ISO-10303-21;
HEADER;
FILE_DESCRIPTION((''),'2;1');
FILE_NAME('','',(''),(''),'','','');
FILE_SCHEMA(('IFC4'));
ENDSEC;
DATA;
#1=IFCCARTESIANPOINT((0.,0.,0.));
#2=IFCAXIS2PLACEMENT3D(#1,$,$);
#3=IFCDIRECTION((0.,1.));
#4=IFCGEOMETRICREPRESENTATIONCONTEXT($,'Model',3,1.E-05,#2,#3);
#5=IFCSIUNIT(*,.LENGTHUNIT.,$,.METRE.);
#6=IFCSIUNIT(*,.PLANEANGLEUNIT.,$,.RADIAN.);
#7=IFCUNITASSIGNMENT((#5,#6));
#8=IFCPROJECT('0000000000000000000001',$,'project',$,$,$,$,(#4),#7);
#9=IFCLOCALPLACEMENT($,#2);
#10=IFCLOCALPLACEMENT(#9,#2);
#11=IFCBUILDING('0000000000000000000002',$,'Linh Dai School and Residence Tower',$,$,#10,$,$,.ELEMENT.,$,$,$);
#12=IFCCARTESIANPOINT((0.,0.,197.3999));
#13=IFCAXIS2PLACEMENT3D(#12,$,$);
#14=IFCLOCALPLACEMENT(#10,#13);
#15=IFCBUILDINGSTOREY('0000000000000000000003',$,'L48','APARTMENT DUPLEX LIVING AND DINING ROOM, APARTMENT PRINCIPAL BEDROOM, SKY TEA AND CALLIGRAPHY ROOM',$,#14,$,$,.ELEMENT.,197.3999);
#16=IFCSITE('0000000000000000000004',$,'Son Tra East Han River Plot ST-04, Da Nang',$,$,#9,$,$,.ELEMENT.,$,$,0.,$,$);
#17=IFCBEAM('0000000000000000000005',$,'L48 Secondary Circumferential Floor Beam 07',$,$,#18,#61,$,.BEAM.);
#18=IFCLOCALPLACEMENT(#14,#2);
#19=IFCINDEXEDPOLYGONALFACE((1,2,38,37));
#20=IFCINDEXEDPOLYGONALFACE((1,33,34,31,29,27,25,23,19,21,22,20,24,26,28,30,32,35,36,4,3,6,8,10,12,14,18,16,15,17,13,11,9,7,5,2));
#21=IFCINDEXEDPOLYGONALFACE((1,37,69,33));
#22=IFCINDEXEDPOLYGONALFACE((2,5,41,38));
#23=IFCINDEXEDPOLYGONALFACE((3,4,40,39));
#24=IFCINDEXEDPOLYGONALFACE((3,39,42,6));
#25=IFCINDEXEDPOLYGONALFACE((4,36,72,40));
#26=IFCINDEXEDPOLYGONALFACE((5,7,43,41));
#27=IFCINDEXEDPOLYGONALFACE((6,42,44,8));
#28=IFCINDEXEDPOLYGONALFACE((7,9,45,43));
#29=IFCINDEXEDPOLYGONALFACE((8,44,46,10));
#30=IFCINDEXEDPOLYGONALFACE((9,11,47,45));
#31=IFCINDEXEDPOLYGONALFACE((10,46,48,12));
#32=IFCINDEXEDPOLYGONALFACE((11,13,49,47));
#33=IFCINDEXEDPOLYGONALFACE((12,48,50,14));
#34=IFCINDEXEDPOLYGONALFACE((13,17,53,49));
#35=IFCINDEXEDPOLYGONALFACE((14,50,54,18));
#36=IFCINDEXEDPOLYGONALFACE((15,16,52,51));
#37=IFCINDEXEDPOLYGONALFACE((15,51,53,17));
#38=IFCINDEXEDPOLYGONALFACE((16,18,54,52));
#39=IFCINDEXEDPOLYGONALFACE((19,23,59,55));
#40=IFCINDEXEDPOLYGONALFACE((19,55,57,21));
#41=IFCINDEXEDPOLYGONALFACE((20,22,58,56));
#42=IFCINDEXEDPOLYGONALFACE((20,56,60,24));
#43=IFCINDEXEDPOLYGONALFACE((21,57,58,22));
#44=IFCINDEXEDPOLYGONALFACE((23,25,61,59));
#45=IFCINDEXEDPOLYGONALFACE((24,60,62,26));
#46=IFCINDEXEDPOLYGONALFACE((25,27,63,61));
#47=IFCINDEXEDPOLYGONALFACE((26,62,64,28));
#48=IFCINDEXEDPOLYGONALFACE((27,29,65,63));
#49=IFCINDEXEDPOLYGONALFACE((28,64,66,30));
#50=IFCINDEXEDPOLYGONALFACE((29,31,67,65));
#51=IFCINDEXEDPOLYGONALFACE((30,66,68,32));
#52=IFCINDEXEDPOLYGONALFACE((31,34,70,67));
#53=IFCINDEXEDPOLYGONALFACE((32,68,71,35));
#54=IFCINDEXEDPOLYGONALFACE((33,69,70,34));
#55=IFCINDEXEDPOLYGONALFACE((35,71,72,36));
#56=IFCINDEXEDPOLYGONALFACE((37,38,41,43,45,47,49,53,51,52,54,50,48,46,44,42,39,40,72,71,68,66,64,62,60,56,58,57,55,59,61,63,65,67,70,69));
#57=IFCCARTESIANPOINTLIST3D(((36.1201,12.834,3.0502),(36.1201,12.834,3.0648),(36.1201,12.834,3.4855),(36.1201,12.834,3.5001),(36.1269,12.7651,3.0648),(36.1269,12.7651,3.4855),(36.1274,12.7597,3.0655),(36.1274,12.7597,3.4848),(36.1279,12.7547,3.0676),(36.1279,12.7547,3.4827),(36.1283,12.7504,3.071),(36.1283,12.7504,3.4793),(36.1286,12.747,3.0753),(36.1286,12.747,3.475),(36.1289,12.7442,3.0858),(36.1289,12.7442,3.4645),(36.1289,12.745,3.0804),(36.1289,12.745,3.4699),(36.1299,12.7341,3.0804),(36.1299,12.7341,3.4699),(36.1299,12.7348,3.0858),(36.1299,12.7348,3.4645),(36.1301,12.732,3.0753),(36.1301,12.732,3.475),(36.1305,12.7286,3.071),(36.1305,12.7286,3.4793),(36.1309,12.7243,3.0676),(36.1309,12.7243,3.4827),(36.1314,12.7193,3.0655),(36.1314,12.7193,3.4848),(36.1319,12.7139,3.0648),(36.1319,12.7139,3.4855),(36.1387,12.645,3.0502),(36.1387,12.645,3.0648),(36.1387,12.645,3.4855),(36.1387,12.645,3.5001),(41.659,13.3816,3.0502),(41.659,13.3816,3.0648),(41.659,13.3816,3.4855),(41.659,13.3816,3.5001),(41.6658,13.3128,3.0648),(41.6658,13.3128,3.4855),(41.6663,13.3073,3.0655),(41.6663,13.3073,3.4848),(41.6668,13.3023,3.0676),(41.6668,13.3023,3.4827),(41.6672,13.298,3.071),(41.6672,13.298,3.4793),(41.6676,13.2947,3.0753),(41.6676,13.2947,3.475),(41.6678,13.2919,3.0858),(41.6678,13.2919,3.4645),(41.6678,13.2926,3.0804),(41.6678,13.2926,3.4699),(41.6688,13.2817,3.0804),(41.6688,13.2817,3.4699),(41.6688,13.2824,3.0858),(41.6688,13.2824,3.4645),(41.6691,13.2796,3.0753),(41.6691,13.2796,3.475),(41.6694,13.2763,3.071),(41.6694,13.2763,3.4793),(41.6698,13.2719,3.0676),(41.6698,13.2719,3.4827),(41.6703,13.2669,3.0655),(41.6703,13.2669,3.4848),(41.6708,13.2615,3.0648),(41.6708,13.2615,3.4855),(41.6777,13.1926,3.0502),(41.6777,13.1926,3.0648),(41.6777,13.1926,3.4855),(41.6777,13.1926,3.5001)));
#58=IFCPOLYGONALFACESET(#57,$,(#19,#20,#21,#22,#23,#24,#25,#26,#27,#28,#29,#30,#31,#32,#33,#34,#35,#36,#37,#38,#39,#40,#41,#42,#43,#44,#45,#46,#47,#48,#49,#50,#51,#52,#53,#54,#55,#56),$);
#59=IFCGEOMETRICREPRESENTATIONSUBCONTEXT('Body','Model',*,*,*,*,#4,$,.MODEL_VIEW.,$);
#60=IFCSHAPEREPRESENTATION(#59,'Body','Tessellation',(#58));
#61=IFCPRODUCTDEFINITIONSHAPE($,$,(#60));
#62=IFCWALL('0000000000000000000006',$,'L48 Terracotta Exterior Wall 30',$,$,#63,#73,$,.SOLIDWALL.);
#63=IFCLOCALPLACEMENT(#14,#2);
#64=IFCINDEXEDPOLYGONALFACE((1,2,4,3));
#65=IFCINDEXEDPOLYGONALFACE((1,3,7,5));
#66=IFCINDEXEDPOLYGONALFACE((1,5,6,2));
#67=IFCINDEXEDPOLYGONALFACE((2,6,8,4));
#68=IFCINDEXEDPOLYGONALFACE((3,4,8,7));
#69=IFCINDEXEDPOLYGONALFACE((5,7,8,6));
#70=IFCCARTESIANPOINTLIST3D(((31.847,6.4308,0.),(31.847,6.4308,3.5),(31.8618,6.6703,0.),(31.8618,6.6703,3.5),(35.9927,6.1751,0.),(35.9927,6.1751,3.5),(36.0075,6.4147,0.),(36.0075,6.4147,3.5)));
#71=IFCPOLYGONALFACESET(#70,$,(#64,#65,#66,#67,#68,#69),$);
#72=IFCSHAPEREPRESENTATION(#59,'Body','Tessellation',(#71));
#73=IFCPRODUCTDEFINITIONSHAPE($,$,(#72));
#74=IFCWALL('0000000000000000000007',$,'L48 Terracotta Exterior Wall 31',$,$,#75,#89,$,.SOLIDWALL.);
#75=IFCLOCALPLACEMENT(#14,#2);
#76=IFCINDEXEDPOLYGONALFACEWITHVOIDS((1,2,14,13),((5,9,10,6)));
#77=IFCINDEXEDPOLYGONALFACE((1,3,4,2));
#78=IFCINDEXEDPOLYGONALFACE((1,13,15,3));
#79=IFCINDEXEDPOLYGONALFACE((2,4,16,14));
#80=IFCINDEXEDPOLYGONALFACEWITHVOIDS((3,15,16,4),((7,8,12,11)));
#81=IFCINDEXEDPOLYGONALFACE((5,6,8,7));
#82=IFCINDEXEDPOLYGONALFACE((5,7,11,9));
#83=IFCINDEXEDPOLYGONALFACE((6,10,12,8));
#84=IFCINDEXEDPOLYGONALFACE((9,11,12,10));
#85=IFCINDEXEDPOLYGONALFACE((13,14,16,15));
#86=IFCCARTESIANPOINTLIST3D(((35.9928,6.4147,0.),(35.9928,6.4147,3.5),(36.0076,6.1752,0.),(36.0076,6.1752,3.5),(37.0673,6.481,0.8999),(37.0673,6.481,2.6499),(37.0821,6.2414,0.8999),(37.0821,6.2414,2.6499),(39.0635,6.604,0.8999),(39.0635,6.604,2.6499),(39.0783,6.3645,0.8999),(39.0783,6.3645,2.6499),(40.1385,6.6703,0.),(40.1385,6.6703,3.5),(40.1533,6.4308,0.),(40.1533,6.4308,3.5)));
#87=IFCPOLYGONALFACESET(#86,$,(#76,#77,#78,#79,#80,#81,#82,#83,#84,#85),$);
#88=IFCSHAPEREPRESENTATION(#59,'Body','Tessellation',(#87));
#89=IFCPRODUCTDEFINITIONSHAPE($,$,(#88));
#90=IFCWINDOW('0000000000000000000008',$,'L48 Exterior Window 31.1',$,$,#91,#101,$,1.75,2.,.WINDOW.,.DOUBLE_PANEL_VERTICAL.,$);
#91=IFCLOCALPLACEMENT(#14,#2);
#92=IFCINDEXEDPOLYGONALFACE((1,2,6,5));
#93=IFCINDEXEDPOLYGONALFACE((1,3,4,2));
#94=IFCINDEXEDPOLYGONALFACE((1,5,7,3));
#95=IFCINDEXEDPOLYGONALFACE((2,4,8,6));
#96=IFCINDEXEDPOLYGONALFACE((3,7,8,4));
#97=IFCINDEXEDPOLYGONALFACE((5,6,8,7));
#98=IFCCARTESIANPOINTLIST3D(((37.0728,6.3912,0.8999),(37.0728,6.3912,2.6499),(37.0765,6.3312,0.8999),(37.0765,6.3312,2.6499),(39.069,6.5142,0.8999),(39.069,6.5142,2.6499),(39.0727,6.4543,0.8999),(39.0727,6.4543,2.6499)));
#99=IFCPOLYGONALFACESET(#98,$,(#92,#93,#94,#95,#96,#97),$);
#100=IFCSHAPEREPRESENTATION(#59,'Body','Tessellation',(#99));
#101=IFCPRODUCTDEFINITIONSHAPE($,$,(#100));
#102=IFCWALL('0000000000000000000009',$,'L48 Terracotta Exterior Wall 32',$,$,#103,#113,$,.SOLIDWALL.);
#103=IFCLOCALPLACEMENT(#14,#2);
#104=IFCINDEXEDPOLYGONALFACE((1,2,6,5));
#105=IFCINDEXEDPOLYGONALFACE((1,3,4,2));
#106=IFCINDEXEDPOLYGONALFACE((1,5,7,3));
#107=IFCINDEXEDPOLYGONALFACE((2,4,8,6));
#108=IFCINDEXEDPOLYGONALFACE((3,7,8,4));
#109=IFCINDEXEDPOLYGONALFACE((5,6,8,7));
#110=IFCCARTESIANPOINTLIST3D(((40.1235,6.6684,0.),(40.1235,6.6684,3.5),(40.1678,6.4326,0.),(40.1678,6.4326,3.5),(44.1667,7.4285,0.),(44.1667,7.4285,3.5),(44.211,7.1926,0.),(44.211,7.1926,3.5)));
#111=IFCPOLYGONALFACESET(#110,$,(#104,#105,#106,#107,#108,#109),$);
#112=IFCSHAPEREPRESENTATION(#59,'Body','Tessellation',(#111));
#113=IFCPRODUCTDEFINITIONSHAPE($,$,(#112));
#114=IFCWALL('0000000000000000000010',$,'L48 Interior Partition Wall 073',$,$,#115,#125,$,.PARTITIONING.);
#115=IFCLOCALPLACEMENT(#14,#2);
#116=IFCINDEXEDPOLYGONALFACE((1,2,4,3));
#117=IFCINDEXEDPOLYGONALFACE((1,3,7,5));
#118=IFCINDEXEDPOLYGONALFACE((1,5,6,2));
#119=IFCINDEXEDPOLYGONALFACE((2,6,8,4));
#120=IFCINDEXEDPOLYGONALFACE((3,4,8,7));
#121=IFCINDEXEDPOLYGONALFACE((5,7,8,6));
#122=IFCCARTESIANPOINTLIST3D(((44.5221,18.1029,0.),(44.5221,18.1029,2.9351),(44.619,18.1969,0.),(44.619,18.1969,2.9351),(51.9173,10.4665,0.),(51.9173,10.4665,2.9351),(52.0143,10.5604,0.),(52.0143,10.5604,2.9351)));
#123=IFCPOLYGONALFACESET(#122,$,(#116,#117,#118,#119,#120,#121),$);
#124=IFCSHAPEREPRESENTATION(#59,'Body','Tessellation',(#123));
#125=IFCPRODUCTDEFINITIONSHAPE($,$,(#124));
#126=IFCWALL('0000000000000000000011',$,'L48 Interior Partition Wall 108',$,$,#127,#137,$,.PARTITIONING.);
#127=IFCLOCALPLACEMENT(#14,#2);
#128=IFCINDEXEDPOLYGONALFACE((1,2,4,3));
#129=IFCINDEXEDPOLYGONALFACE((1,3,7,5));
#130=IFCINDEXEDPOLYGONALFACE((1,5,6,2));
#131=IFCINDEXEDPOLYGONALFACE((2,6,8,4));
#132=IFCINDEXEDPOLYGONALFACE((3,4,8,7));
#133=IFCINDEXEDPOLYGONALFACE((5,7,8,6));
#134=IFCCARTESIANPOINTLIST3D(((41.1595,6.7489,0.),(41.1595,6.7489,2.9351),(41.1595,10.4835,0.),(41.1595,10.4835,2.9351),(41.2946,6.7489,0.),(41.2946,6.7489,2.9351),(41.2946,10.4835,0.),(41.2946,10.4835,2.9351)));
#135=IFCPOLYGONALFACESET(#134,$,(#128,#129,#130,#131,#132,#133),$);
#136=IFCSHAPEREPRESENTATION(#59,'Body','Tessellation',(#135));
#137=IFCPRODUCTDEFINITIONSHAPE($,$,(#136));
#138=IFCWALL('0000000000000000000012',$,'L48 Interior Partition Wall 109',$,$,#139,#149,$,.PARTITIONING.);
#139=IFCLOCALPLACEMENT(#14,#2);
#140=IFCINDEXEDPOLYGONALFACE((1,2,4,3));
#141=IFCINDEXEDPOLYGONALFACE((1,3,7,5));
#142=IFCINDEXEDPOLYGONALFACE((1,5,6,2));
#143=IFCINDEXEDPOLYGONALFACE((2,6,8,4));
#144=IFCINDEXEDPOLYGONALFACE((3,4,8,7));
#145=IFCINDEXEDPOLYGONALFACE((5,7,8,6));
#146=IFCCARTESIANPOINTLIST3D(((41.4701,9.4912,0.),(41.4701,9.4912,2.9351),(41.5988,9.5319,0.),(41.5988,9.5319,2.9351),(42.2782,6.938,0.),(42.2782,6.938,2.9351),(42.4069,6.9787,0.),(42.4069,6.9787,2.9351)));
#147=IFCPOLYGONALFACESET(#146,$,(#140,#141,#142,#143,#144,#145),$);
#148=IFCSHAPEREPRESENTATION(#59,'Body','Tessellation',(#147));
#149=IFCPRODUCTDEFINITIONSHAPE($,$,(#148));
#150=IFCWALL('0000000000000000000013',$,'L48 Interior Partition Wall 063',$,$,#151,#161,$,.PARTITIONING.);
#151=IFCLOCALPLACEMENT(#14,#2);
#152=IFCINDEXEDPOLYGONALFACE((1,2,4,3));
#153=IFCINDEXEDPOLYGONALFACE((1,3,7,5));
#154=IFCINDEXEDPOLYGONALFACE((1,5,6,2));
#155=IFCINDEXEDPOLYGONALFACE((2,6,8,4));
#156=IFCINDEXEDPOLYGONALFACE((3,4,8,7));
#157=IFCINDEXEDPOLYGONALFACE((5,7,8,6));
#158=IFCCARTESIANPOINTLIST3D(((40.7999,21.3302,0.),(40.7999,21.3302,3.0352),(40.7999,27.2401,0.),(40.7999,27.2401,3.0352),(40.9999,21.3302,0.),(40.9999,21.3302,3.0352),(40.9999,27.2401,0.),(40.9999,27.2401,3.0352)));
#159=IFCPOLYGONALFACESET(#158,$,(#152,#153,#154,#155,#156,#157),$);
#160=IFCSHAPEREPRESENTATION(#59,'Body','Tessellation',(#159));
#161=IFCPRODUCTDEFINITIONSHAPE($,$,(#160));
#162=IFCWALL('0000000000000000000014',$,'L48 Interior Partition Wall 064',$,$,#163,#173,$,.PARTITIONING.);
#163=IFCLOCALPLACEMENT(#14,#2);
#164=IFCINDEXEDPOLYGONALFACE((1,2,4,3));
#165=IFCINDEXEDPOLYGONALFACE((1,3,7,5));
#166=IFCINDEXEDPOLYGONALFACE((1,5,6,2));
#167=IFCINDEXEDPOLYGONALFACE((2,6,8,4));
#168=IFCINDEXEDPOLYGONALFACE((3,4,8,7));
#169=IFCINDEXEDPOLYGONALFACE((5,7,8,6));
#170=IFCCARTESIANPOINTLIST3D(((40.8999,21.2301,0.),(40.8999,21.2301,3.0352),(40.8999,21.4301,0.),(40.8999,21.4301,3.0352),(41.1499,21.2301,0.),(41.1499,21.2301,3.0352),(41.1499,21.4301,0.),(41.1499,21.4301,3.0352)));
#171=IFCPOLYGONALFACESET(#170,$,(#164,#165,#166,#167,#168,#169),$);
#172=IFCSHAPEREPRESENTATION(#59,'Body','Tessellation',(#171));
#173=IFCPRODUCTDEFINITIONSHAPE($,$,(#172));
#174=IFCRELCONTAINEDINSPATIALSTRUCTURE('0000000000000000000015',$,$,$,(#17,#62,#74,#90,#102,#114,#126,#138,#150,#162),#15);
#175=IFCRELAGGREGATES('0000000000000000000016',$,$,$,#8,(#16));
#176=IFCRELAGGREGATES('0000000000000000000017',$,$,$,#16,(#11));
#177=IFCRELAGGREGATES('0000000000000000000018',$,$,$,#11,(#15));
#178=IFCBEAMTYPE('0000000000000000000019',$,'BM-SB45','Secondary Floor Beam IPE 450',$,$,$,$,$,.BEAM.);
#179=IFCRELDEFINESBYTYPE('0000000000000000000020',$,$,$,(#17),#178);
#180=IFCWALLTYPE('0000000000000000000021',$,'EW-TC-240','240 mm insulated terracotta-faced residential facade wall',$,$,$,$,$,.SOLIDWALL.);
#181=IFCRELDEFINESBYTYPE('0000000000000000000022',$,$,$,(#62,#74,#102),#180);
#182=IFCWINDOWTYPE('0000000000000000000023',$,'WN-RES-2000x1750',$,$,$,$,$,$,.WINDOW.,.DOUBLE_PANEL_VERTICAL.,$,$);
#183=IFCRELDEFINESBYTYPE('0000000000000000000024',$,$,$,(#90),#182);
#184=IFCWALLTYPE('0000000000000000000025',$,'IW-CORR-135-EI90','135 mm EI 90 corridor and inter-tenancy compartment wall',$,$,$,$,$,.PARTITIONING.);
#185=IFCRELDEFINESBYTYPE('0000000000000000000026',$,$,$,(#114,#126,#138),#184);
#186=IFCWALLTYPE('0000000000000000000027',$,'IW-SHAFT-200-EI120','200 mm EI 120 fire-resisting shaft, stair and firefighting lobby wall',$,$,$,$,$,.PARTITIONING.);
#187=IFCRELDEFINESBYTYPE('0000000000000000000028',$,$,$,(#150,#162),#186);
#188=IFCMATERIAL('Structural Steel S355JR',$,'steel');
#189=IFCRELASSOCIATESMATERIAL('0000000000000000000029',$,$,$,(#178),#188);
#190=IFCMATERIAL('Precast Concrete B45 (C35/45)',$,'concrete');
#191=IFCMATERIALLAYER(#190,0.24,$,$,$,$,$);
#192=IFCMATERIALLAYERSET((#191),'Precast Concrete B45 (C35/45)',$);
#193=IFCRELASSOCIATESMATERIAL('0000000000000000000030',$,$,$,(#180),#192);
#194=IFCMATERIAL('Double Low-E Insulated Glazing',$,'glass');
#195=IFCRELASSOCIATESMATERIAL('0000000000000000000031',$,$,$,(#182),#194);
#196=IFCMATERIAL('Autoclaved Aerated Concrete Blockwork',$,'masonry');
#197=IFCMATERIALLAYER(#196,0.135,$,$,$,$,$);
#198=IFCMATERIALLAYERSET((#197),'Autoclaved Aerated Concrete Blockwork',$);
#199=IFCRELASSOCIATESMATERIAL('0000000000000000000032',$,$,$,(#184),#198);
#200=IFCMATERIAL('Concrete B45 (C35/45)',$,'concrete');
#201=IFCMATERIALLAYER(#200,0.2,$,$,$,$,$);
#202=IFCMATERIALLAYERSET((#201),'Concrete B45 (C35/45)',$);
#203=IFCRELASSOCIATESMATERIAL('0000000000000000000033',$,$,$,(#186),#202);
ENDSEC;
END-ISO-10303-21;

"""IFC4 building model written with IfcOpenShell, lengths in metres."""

from ifc_helpers import new_model, si_unit, direction, frame, frame_2d, origin, origin_2d, place, context, subcontext, project, spatial, rectangle, i_section, extrude, source, transform, mapped, material, layer, layer_set, material_profile, profile_set, type_object, element, fill, save


model = new_model("IFC4")

# Units and contexts
model_context = context("Model", 3, precision=1e-05, world=origin(), true_north=direction((0.0, 1.0)))
body_context = subcontext(model_context, "Body", "Model", "MODEL_VIEW")
ifc_project = project(units=[si_unit("LENGTHUNIT", "METRE"), si_unit("PLANEANGLEUNIT", "RADIAN")], contexts=[model_context])

# Site, building, storey
site_placement = place(None, origin())
site = spatial("IfcSite", under=ifc_project, at=site_placement, Name="Son Tra East Han River Plot ST-04, Da Nang", CompositionType="ELEMENT", RefElevation=0.0)
building_placement = place(site_placement, origin())
building = spatial("IfcBuilding", under=site, at=building_placement, Name="Linh Dai School and Residence Tower", CompositionType="ELEMENT")
storey_placement = place(building_placement, frame((0.0, 0.0, 197.3999)))
storey = spatial("IfcBuildingStorey", under=building, at=storey_placement, Name="L48", Description="APARTMENT DUPLEX LIVING AND DINING ROOM, APARTMENT PRINCIPAL BEDROOM, SKY TEA AND CALLIGRAPHY ROOM", CompositionType="ELEMENT", Elevation=197.3999)

# Shared definitions
ifc_material_1 = material(Name="Structural Steel S355JR", Category="steel")

# Beam
ifc_material_profile_1 = material_profile(ifc_material_1, i_section(OverallWidth=0.1899, OverallDepth=0.45, WebThickness=0.0095, FlangeThickness=0.0146, FilletRadius=0.021, at=origin_2d()), Name="IPE 450")
ifc_profile_set_1 = profile_set([ifc_material_profile_1], Name="Structural Steel S355JR")
beam_type_1 = type_object("IfcBeamType", Name="BM-SB45", Description="Secondary Floor Beam IPE 450", PredefinedType="BEAM", material=ifc_profile_set_1)
beam_1_placement = place(storey_placement, frame((36.1294, 12.7395, 3.2751), z_axis=(0.995148, 0.098388, 0.0), x_axis=(-0.098388, 0.995148, 0.0)))
element("IfcBeam", 1, at=beam_1_placement, inside=storey, type_object=beam_type_1, Name="L48 Secondary Circumferential Floor Beam 07", PredefinedType="BEAM", context=body_context, shape_type="SweptSolid", body=[
    extrude(i_section(OverallWidth=0.1899, OverallDepth=0.45, WebThickness=0.0095, FlangeThickness=0.0146, FilletRadius=0.021, at=origin_2d()), origin(), (0.0, 0.0, 1.0), 5.5659),
])

# Wall
ifc_material_2 = material(Name="Precast Concrete B45 (C35/45)", Category="concrete")
ifc_layer_1 = layer(ifc_material_2, 0.24)
ifc_layer_set_1 = layer_set([ifc_layer_1], Name="Precast Concrete B45 (C35/45)")
wall_type_1 = type_object("IfcWallType", Name="EW-TC-240", Description="240 mm insulated terracotta-faced residential facade wall", PredefinedType="SOLIDWALL", material=ifc_layer_set_1)
wall_1_placement = place(storey_placement, frame((36.0, 6.2949, 0.0), z_axis=(0.0, 0.0, 1.0), x_axis=(-0.998105, 0.06154, 0.0)))
element("IfcWall", 2, at=wall_1_placement, inside=storey, type_object=wall_type_1, Name="L48 Terracotta Exterior Wall 30", PredefinedType="SOLIDWALL", context=body_context, shape_type="SweptSolid", body=[
    extrude(rectangle(XDim=4.1536, YDim=0.24, at=frame_2d((2.0767, 0.0))), origin(), (0.0, 0.0, 1.0), 3.5),
])

# Wall, opening, window
wall_2_placement = place(storey_placement, frame((40.1458, 6.5505, 0.0), z_axis=(0.0, 0.0, 1.0), x_axis=(-0.998105, -0.06154, 0.0)))
wall_2 = element("IfcWall", 3, at=wall_2_placement, inside=storey, type_object=wall_type_1, Name="L48 Terracotta Exterior Wall 31", PredefinedType="SOLIDWALL", context=body_context, shape_type="SweptSolid", body=[
    extrude(rectangle(XDim=4.1536, YDim=0.24, at=frame_2d((2.0767, 0.0))), origin(), (0.0, 0.0, 1.0), 3.5),
])
opening_1_placement = place(wall_2_placement, frame((1.0769, 0.0, 0.8999)))
opening_1 = element("IfcOpeningElement", 4, at=opening_1_placement, cuts=wall_2, PredefinedType="OPENING", context=body_context, shape_type="SweptSolid", body=[
    extrude(rectangle(XDim=2.0, YDim=1.75, at=origin_2d()), frame((1.0, 0.1299, 0.875), z_axis=(0.0, -1.0, 0.0), x_axis=(1.0, 0.0, 0.0)), (0.0, 0.0, 1.0), 0.26),
])
ifc_material_3 = material(Name="Double Low-E Insulated Glazing", Category="glass")
window_type = type_object("IfcWindowType", Name="WN-RES-2000x1750", PartitioningType="DOUBLE_PANEL_VERTICAL", PredefinedType="WINDOW", material=ifc_material_3)
shared_shape_1 = source(origin(), body_context, "Body", "SweptSolid", [
    extrude(rectangle(XDim=2.0, YDim=1.75, at=origin_2d()), frame((1.0, 0.03, 0.875), z_axis=(0.0, -1.0, 0.0), x_axis=(1.0, 0.0, 0.0)), (0.0, 0.0, 1.0), 0.0601),
])
window_placement = place(opening_1_placement, origin())
window = element("IfcWindow", 5, at=window_placement, inside=storey, type_object=window_type, Name="L48 Exterior Window 31.1", OverallHeight=1.75, OverallWidth=2.0, PartitioningType="DOUBLE_PANEL_VERTICAL", PredefinedType="WINDOW", context=body_context, shape_type="MappedRepresentation", body=[
    mapped(shared_shape_1, transform((0.0, 0.0, 0.0), x_axis=(1.0, 0.0, 0.0), y_axis=(0.0, 1.0, 0.0), z_axis=(0.0, 0.0, 1.0), scale=1.0)),
])
fill(opening_1, window)

# Walls
wall_3_placement = place(storey_placement, frame((44.189, 7.3105, 0.0), z_axis=(0.0, 0.0, 1.0), x_axis=(-0.982788, -0.184736, 0.0)))
element("IfcWall", 6, at=wall_3_placement, inside=storey, type_object=wall_type_1, Name="L48 Terracotta Exterior Wall 32", PredefinedType="SOLIDWALL", context=body_context, shape_type="SweptSolid", body=[
    extrude(rectangle(XDim=4.114, YDim=0.24, at=frame_2d((2.0571, 0.0))), origin(), (0.0, 0.0, 1.0), 3.5),
])
ifc_material_4 = material(Name="Autoclaved Aerated Concrete Blockwork", Category="masonry")
ifc_layer_2 = layer(ifc_material_4, 0.135)
ifc_layer_set_2 = layer_set([ifc_layer_2], Name="Autoclaved Aerated Concrete Blockwork")
wall_type_2 = type_object("IfcWallType", Name="IW-CORR-135-EI90", Description="135 mm EI 90 corridor and inter-tenancy compartment wall", PredefinedType="PARTITIONING", material=ifc_layer_set_2)
wall_4_placement = place(storey_placement, frame((44.5706, 18.1499, 0.0), z_axis=(0.0, 0.0, 1.0), x_axis=(0.69567, -0.718361, 0.0)))
element("IfcWall", 7, at=wall_4_placement, inside=storey, type_object=wall_type_2, Name="L48 Interior Partition Wall 073", PredefinedType="PARTITIONING", context=body_context, shape_type="SweptSolid", body=[
    extrude(rectangle(XDim=10.6304, YDim=0.135, at=frame_2d((5.3152, 0.0))), origin(), (0.0, 0.0, 1.0), 2.9351),
])
wall_5_placement = place(storey_placement, frame((41.2271, 10.4834, 0.0), z_axis=(0.0, 0.0, 1.0), x_axis=(0.0, -1.0, 0.0)))
element("IfcWall", 8, at=wall_5_placement, inside=storey, type_object=wall_type_2, Name="L48 Interior Partition Wall 108", PredefinedType="PARTITIONING", context=body_context, shape_type="SweptSolid", body=[
    extrude(rectangle(XDim=3.7346, YDim=0.135, at=frame_2d((1.8672, 0.0))), origin(), (0.0, 0.0, 1.0), 2.9351),
])
wall_6_placement = place(storey_placement, frame((42.3425, 6.9585, 0.0), z_axis=(0.0, 0.0, 1.0), x_axis=(-0.301751, 0.953387, 0.0)))
element("IfcWall", 9, at=wall_6_placement, inside=storey, type_object=wall_type_2, Name="L48 Interior Partition Wall 109", PredefinedType="PARTITIONING", context=body_context, shape_type="SweptSolid", body=[
    extrude(rectangle(XDim=2.678, YDim=0.135, at=frame_2d((1.3389, 0.0))), origin(), (0.0, 0.0, 1.0), 2.9351),
])
ifc_material_5 = material(Name="Concrete B45 (C35/45)", Category="concrete")
ifc_layer_3 = layer(ifc_material_5, 0.2)
ifc_layer_set_3 = layer_set([ifc_layer_3], Name="Concrete B45 (C35/45)")
wall_type_3 = type_object("IfcWallType", Name="IW-SHAFT-200-EI120", Description="200 mm EI 120 fire-resisting shaft, stair and firefighting lobby wall", PredefinedType="PARTITIONING", material=ifc_layer_set_3)
wall_7_placement = place(storey_placement, frame((40.8999, 21.3301, 0.0), z_axis=(0.0, 0.0, 1.0), x_axis=(0.0, 1.0, 0.0)))
element("IfcWall", 10, at=wall_7_placement, inside=storey, type_object=wall_type_3, Name="L48 Interior Partition Wall 063", PredefinedType="PARTITIONING", context=body_context, shape_type="SweptSolid", body=[
    extrude(rectangle(XDim=5.9099, YDim=0.2, at=frame_2d((2.9551, 0.0))), origin(), (0.0, 0.0, 1.0), 3.0352),
])
wall_8_placement = place(storey_placement, frame((40.8999, 21.3301, 0.0), z_axis=(0.0, 0.0, 1.0), x_axis=(1.0, 0.0, 0.0)))
element("IfcWall", 11, at=wall_8_placement, inside=storey, type_object=wall_type_3, Name="L48 Interior Partition Wall 064", PredefinedType="PARTITIONING", context=body_context, shape_type="SweptSolid", body=[
    extrude(rectangle(XDim=0.25, YDim=0.2, at=frame_2d((0.125, 0.0))), origin(), (0.0, 0.0, 1.0), 3.0352),
])

save(model, "model.ifc")
